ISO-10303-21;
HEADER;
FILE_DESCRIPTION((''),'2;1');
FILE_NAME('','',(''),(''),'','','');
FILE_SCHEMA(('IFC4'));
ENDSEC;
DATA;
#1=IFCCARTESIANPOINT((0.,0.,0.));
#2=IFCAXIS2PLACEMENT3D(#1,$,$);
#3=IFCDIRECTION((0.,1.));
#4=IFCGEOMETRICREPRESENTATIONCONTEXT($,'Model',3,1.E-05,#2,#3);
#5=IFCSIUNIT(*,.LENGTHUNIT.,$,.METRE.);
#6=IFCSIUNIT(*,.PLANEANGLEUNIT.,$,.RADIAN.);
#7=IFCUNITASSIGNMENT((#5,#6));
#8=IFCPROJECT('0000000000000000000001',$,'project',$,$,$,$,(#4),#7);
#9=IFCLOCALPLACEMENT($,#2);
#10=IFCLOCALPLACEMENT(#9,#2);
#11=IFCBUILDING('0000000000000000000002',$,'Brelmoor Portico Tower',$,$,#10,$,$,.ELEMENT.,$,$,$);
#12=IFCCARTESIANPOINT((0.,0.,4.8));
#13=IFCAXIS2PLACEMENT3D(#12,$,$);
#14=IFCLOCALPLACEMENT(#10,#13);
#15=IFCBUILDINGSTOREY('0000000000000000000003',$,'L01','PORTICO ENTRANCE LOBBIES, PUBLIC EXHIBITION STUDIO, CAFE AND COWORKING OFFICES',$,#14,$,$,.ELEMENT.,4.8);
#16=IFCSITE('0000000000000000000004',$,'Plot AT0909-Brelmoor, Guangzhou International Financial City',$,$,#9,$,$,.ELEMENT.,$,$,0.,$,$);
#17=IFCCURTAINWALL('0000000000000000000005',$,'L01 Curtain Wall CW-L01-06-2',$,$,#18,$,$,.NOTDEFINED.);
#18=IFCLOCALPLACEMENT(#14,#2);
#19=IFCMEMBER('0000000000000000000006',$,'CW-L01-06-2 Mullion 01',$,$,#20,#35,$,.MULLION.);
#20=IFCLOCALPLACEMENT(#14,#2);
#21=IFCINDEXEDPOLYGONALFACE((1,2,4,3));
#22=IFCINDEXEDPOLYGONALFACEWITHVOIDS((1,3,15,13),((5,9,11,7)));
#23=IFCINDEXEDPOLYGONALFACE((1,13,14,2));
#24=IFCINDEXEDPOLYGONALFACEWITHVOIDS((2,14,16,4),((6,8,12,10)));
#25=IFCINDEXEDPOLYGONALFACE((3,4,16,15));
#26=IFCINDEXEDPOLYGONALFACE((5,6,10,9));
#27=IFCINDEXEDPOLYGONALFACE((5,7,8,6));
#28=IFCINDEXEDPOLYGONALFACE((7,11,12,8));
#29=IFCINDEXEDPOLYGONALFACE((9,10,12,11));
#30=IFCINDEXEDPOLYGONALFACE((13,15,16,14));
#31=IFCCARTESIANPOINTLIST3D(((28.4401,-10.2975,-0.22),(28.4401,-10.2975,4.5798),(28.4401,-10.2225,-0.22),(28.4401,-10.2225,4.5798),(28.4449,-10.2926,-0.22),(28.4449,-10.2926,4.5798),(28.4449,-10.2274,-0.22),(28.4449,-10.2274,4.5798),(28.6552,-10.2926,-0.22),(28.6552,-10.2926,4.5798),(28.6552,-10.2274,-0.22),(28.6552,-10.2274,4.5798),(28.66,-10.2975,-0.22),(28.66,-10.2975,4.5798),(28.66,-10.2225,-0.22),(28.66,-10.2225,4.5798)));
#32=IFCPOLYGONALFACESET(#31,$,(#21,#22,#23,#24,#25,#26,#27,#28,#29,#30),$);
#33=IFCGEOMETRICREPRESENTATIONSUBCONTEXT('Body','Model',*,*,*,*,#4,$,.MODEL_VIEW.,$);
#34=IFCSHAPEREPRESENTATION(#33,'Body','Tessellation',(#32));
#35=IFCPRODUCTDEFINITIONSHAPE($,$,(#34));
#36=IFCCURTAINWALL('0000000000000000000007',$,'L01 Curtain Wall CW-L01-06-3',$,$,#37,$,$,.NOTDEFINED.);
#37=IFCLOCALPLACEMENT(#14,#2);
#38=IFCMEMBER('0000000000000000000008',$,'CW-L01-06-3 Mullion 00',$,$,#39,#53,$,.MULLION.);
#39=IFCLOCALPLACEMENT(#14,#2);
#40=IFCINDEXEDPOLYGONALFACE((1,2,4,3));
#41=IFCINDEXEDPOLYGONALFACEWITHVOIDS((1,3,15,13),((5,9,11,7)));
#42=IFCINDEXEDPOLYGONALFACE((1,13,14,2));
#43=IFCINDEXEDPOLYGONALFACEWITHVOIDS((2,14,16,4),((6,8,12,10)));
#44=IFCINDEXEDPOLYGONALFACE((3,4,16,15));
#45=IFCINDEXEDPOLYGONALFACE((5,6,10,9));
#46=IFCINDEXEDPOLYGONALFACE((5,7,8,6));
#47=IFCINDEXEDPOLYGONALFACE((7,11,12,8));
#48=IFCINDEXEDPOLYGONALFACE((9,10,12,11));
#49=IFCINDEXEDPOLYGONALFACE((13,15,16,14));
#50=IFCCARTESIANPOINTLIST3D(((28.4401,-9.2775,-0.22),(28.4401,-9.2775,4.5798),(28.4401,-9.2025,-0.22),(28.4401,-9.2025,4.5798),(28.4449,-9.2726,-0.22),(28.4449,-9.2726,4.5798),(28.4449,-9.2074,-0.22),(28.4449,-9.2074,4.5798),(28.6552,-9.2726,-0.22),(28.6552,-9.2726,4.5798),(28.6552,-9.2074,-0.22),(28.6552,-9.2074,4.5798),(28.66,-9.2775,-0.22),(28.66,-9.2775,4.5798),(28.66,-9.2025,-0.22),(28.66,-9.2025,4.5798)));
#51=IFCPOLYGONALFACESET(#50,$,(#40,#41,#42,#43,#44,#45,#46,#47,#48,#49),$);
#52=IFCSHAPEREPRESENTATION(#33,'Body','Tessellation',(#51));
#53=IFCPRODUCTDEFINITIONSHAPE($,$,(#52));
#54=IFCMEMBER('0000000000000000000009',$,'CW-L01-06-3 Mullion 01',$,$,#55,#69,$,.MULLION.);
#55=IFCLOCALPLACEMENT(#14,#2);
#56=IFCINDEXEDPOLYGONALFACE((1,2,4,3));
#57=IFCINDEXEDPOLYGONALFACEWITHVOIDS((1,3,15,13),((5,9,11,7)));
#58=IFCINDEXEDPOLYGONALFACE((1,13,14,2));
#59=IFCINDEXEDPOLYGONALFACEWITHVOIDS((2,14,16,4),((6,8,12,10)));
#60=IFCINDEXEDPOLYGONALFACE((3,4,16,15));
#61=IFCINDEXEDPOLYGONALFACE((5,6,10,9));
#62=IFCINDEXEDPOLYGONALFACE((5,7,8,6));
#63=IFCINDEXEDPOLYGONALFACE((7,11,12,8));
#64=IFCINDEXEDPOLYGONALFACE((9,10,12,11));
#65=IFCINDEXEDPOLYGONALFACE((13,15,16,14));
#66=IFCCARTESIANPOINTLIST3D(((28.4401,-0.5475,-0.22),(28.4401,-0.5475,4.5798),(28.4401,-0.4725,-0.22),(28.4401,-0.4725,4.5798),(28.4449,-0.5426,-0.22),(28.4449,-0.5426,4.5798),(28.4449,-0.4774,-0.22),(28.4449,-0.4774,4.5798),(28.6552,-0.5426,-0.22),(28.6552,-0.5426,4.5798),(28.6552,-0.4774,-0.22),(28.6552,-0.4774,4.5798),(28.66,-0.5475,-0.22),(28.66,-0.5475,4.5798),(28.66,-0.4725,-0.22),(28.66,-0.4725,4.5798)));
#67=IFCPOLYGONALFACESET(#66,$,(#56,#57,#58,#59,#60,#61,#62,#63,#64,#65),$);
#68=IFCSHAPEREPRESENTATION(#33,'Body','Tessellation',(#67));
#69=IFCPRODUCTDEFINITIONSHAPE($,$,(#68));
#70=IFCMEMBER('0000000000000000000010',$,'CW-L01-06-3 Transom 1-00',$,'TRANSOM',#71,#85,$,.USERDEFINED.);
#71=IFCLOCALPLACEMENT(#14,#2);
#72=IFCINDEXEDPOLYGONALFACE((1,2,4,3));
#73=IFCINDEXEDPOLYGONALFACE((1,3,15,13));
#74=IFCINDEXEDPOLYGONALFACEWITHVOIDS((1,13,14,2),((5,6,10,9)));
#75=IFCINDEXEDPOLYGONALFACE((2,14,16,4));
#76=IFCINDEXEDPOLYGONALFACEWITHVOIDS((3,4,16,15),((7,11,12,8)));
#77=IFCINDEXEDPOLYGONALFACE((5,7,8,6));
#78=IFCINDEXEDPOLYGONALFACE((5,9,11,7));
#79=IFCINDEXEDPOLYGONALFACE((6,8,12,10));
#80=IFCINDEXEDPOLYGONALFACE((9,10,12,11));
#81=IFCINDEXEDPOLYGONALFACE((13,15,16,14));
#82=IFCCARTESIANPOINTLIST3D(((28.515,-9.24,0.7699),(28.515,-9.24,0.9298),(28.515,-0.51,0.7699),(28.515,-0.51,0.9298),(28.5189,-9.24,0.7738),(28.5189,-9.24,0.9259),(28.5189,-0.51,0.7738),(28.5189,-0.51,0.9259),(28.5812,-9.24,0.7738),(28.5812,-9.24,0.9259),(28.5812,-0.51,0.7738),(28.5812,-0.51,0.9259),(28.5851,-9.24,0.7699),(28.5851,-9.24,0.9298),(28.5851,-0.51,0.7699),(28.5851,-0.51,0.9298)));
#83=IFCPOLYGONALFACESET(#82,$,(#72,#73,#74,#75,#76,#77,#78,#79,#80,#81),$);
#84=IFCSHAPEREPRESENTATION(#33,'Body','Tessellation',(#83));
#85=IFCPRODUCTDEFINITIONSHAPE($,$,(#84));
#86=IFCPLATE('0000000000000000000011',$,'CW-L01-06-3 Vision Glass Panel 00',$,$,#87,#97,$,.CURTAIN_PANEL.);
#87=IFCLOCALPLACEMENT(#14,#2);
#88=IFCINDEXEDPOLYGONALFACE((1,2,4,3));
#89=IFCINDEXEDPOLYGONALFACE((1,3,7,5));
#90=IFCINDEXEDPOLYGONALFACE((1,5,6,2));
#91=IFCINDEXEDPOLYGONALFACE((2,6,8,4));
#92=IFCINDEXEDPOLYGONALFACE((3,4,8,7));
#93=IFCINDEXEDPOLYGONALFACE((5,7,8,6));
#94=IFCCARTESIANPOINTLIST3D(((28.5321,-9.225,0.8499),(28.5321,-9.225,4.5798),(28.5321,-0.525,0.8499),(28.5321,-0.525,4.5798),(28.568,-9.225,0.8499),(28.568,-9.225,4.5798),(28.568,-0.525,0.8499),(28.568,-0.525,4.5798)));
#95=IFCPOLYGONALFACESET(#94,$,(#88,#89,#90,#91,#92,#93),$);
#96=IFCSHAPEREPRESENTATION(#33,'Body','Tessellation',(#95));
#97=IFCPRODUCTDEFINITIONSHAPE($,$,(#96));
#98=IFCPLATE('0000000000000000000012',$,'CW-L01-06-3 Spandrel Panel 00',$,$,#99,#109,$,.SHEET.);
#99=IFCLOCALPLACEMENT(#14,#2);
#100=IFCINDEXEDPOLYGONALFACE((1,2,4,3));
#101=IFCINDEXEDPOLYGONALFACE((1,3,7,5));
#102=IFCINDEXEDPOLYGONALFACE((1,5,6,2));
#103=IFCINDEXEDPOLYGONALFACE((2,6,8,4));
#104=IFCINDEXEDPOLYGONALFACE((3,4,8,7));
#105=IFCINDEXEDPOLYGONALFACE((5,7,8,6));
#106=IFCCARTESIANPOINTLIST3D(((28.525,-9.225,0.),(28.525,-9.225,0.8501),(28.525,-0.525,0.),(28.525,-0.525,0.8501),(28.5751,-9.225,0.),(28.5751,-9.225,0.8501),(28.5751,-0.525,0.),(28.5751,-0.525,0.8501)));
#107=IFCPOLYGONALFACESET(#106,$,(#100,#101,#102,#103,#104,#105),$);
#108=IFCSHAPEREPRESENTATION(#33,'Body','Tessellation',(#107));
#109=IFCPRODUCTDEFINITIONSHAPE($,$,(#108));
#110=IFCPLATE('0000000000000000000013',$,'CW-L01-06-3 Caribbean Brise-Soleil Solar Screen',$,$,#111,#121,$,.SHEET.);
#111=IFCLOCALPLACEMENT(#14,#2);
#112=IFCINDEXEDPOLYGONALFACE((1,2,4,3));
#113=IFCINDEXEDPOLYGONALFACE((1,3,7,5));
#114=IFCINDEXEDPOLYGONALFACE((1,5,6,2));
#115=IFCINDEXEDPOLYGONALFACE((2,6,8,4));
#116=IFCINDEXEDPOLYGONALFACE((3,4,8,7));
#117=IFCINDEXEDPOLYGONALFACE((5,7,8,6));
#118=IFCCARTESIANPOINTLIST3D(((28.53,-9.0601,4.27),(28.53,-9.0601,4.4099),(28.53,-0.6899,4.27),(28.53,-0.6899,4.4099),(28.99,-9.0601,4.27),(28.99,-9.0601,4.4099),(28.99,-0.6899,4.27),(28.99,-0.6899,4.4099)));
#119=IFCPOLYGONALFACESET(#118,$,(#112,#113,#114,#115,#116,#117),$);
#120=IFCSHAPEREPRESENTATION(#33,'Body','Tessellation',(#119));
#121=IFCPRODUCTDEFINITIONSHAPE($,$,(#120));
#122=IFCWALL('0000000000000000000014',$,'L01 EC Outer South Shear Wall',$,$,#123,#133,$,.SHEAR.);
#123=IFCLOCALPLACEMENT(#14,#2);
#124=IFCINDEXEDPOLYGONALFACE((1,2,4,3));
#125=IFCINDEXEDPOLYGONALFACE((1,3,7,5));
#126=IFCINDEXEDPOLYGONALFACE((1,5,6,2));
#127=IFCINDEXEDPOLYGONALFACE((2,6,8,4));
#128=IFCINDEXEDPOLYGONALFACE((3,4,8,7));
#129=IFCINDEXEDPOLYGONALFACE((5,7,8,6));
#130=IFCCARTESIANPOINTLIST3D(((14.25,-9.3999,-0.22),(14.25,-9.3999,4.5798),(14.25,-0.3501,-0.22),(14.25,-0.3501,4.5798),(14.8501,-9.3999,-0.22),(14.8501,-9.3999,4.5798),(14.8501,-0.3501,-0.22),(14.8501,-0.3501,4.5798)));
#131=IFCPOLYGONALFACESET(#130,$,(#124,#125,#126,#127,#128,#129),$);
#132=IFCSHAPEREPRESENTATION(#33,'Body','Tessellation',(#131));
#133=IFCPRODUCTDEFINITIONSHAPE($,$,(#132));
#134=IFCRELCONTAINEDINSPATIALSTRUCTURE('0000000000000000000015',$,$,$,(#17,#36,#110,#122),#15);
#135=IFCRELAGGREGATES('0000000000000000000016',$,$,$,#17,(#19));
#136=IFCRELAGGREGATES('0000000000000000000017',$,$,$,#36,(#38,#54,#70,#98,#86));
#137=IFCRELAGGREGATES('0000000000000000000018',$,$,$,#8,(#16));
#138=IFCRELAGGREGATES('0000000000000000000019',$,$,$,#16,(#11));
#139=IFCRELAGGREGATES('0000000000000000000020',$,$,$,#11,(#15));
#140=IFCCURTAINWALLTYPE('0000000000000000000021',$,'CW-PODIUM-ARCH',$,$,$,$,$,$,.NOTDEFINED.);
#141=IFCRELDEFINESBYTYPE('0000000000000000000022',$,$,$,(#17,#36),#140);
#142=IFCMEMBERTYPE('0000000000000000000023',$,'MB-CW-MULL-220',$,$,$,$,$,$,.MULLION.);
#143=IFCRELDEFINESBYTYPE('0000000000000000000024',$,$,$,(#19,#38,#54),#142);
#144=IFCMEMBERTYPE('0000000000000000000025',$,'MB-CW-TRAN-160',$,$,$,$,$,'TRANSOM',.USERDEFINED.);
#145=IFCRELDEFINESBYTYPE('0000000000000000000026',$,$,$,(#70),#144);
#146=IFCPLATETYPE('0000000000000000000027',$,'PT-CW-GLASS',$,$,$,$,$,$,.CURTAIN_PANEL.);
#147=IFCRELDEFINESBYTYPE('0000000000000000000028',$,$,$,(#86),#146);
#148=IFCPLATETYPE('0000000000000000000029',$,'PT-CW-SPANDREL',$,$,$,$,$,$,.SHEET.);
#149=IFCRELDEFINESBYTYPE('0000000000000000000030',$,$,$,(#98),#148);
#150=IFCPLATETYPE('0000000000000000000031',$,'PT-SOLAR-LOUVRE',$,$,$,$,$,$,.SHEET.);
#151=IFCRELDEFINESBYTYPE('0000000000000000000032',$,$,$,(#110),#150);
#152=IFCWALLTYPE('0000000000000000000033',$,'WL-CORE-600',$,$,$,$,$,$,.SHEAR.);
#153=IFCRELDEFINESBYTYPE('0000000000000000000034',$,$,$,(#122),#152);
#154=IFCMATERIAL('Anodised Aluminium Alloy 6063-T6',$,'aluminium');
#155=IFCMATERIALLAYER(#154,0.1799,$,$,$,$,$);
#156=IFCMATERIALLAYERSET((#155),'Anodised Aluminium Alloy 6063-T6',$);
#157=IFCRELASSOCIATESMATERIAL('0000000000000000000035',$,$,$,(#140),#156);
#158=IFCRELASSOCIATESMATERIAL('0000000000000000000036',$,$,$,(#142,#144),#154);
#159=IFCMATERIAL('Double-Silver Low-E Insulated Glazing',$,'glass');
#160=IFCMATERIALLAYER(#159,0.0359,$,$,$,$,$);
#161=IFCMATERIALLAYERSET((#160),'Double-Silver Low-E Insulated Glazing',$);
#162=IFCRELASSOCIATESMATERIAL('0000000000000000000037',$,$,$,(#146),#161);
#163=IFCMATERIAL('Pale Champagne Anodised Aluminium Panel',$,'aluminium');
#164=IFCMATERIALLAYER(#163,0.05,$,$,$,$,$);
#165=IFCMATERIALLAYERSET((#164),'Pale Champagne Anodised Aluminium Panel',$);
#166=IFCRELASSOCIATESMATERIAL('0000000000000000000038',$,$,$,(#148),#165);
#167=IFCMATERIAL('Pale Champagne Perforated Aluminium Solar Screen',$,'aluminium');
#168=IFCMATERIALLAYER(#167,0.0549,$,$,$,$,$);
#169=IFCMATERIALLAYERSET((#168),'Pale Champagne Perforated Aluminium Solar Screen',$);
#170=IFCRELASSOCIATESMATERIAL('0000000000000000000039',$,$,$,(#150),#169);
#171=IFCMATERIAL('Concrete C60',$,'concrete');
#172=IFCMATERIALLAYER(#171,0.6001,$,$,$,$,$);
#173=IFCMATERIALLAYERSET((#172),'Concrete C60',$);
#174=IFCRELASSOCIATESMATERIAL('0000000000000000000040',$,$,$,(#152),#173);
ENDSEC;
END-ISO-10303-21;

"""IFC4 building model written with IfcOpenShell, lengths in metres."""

from ifc_helpers import new_model, si_unit, direction, frame, frame_2d, origin, origin_2d, place, context, subcontext, project, spatial, rectangle, hollow_rectangle, extrude, material, layer, layer_set, material_profile, profile_set, type_object, element, aggregate, save


model = new_model("IFC4")

# Units and contexts
model_context = context("Model", 3, precision=1e-05, world=origin(), true_north=direction((0.0, 1.0)))
body_context = subcontext(model_context, "Body", "Model", "MODEL_VIEW")
ifc_project = project(units=[si_unit("LENGTHUNIT", "METRE"), si_unit("PLANEANGLEUNIT", "RADIAN")], contexts=[model_context])

# Site, building, storey
site_placement = place(None, origin())
site = spatial("IfcSite", under=ifc_project, at=site_placement, Name="Plot AT0909-Brelmoor, Guangzhou International Financial City", CompositionType="ELEMENT", RefElevation=0.0)
building_placement = place(site_placement, origin())
building = spatial("IfcBuilding", under=site, at=building_placement, Name="Brelmoor Portico Tower", CompositionType="ELEMENT")
storey_placement = place(building_placement, frame((0.0, 0.0, 4.8)))
storey = spatial("IfcBuildingStorey", under=building, at=storey_placement, Name="L01", Description="PORTICO ENTRANCE LOBBIES, PUBLIC EXHIBITION STUDIO, CAFE AND COWORKING OFFICES", CompositionType="ELEMENT", Elevation=4.8)

# Curtain wall, member
ifc_material_1 = material(Name="Anodised Aluminium Alloy 6063-T6", Category="aluminium")
ifc_layer_1 = layer(ifc_material_1, 0.1799)
ifc_layer_set_1 = layer_set([ifc_layer_1], Name="Anodised Aluminium Alloy 6063-T6")
curtain_wall_type = type_object("IfcCurtainWallType", Name="CW-PODIUM-ARCH", PredefinedType="NOTDEFINED", material=ifc_layer_set_1)
curtain_wall_1_placement = place(storey_placement, origin())
curtain_wall_1 = element("IfcCurtainWall", 1, at=curtain_wall_1_placement, inside=storey, type_object=curtain_wall_type, Name="L01 Curtain Wall CW-L01-06-2", PredefinedType="NOTDEFINED")
ifc_material_profile_1 = material_profile(ifc_material_1, hollow_rectangle(XDim=0.075, YDim=0.22, WallThickness=0.0049, at=origin_2d()), Name="ALU MULLION 75x220")
ifc_profile_set_1 = profile_set([ifc_material_profile_1], Name="Anodised Aluminium Alloy 6063-T6")
member_type_1 = type_object("IfcMemberType", Name="MB-CW-MULL-220", PredefinedType="MULLION", material=ifc_profile_set_1)
member_1_placement = place(storey_placement, frame((28.55, -10.26, -0.22), z_axis=(0.0, 0.0, 1.0), x_axis=(0.0, 1.0, 0.0)))
member_1 = element("IfcMember", 2, at=member_1_placement, type_object=member_type_1, Name="CW-L01-06-2 Mullion 01", PredefinedType="MULLION", context=body_context, shape_type="SweptSolid", body=[
    extrude(hollow_rectangle(XDim=0.075, YDim=0.22, WallThickness=0.0049, at=origin_2d()), origin(), (0.0, 0.0, 1.0), 4.7998),
])
aggregate(curtain_wall_1, [member_1])

# Curtain wall, members, plates
curtain_wall_2_placement = place(storey_placement, origin())
curtain_wall_2 = element("IfcCurtainWall", 3, at=curtain_wall_2_placement, inside=storey, type_object=curtain_wall_type, Name="L01 Curtain Wall CW-L01-06-3", PredefinedType="NOTDEFINED")
member_2_placement = place(storey_placement, frame((28.55, -9.24, -0.22), z_axis=(0.0, 0.0, 1.0), x_axis=(0.0, 1.0, 0.0)))
member_2 = element("IfcMember", 4, at=member_2_placement, type_object=member_type_1, Name="CW-L01-06-3 Mullion 00", PredefinedType="MULLION", context=body_context, shape_type="SweptSolid", body=[
    extrude(hollow_rectangle(XDim=0.075, YDim=0.22, WallThickness=0.0049, at=origin_2d()), origin(), (0.0, 0.0, 1.0), 4.7998),
])
member_3_placement = place(storey_placement, frame((28.55, -0.51, -0.22), z_axis=(0.0, 0.0, 1.0), x_axis=(0.0, 1.0, 0.0)))
member_3 = element("IfcMember", 5, at=member_3_placement, type_object=member_type_1, Name="CW-L01-06-3 Mullion 01", PredefinedType="MULLION", context=body_context, shape_type="SweptSolid", body=[
    extrude(hollow_rectangle(XDim=0.075, YDim=0.22, WallThickness=0.0049, at=origin_2d()), origin(), (0.0, 0.0, 1.0), 4.7998),
])
ifc_material_profile_2 = material_profile(ifc_material_1, hollow_rectangle(XDim=0.0701, YDim=0.1599, WallThickness=0.0039, at=origin_2d()), Name="ALU TRANSOM 70x160")
ifc_profile_set_2 = profile_set([ifc_material_profile_2], Name="Anodised Aluminium Alloy 6063-T6")
member_type_2 = type_object("IfcMemberType", Name="MB-CW-TRAN-160", ElementType="TRANSOM", PredefinedType="USERDEFINED", material=ifc_profile_set_2)
member_4_placement = place(storey_placement, frame((28.55, -9.24, 0.8499), z_axis=(0.0, 1.0, 0.0), x_axis=(-1.0, 0.0, 0.0)))
member_4 = element("IfcMember", 6, at=member_4_placement, type_object=member_type_2, Name="CW-L01-06-3 Transom 1-00", ObjectType="TRANSOM", PredefinedType="USERDEFINED", context=body_context, shape_type="SweptSolid", body=[
    extrude(hollow_rectangle(XDim=0.0701, YDim=0.1599, WallThickness=0.0039, at=origin_2d()), origin(), (0.0, 0.0, 1.0), 8.73),
])
ifc_material_2 = material(Name="Double-Silver Low-E Insulated Glazing", Category="glass")
ifc_layer_2 = layer(ifc_material_2, 0.0359)
ifc_layer_set_2 = layer_set([ifc_layer_2], Name="Double-Silver Low-E Insulated Glazing")
plate_type_1 = type_object("IfcPlateType", Name="PT-CW-GLASS", PredefinedType="CURTAIN_PANEL", material=ifc_layer_set_2)
plate_1_placement = place(storey_placement, frame((28.55, -4.875, 0.8499), z_axis=(0.0, 0.0, 1.0), x_axis=(0.0, 1.0, 0.0)))
plate_1 = element("IfcPlate", 7, at=plate_1_placement, type_object=plate_type_1, Name="CW-L01-06-3 Vision Glass Panel 00", PredefinedType="CURTAIN_PANEL", context=body_context, shape_type="SweptSolid", body=[
    extrude(rectangle(XDim=8.7, YDim=0.0359, at=origin_2d()), origin(), (0.0, 0.0, 1.0), 3.73),
])
ifc_material_3 = material(Name="Pale Champagne Anodised Aluminium Panel", Category="aluminium")
ifc_layer_3 = layer(ifc_material_3, 0.05)
ifc_layer_set_3 = layer_set([ifc_layer_3], Name="Pale Champagne Anodised Aluminium Panel")
plate_type_2 = type_object("IfcPlateType", Name="PT-CW-SPANDREL", PredefinedType="SHEET", material=ifc_layer_set_3)
plate_2_placement = place(storey_placement, frame((28.55, -4.875, 0.0), z_axis=(0.0, 0.0, 1.0), x_axis=(0.0, 1.0, 0.0)))
plate_2 = element("IfcPlate", 8, at=plate_2_placement, type_object=plate_type_2, Name="CW-L01-06-3 Spandrel Panel 00", PredefinedType="SHEET", context=body_context, shape_type="SweptSolid", body=[
    extrude(rectangle(XDim=8.7, YDim=0.05, at=origin_2d()), origin(), (0.0, 0.0, 1.0), 0.8501),
])
aggregate(curtain_wall_2, [member_2, member_3, member_4, plate_2, plate_1])

# Plate
ifc_material_4 = material(Name="Pale Champagne Perforated Aluminium Solar Screen", Category="aluminium")
ifc_layer_4 = layer(ifc_material_4, 0.0549)
ifc_layer_set_4 = layer_set([ifc_layer_4], Name="Pale Champagne Perforated Aluminium Solar Screen")
plate_type_3 = type_object("IfcPlateType", Name="PT-SOLAR-LOUVRE", PredefinedType="SHEET", material=ifc_layer_set_4)
plate_3_placement = place(storey_placement, frame((28.76, -4.875, 4.27), z_axis=(0.0, 0.0, 1.0), x_axis=(0.0, 1.0, 0.0)))
element("IfcPlate", 9, at=plate_3_placement, inside=storey, type_object=plate_type_3, Name="CW-L01-06-3 Caribbean Brise-Soleil Solar Screen", PredefinedType="SHEET", context=body_context, shape_type="SweptSolid", body=[
    extrude(rectangle(XDim=8.3701, YDim=0.46, at=origin_2d()), origin(), (0.0, 0.0, 1.0), 0.1399),
])

# Wall
ifc_material_5 = material(Name="Concrete C60", Category="concrete")
ifc_layer_5 = layer(ifc_material_5, 0.6001)
ifc_layer_set_5 = layer_set([ifc_layer_5], Name="Concrete C60")
wall_type = type_object("IfcWallType", Name="WL-CORE-600", PredefinedType="SHEAR", material=ifc_layer_set_5)
wall_placement = place(storey_placement, frame((14.55, -9.3999, -0.22), z_axis=(0.0, 0.0, 1.0), x_axis=(0.0, 1.0, 0.0)))
element("IfcWall", 10, at=wall_placement, inside=storey, type_object=wall_type, Name="L01 EC Outer South Shear Wall", PredefinedType="SHEAR", context=body_context, shape_type="SweptSolid", body=[
    extrude(rectangle(XDim=9.0498, YDim=0.6001, at=frame_2d((4.5249, 0.0))), origin(), (0.0, 0.0, 1.0), 4.7998),
])

save(model, "model.ifc")
